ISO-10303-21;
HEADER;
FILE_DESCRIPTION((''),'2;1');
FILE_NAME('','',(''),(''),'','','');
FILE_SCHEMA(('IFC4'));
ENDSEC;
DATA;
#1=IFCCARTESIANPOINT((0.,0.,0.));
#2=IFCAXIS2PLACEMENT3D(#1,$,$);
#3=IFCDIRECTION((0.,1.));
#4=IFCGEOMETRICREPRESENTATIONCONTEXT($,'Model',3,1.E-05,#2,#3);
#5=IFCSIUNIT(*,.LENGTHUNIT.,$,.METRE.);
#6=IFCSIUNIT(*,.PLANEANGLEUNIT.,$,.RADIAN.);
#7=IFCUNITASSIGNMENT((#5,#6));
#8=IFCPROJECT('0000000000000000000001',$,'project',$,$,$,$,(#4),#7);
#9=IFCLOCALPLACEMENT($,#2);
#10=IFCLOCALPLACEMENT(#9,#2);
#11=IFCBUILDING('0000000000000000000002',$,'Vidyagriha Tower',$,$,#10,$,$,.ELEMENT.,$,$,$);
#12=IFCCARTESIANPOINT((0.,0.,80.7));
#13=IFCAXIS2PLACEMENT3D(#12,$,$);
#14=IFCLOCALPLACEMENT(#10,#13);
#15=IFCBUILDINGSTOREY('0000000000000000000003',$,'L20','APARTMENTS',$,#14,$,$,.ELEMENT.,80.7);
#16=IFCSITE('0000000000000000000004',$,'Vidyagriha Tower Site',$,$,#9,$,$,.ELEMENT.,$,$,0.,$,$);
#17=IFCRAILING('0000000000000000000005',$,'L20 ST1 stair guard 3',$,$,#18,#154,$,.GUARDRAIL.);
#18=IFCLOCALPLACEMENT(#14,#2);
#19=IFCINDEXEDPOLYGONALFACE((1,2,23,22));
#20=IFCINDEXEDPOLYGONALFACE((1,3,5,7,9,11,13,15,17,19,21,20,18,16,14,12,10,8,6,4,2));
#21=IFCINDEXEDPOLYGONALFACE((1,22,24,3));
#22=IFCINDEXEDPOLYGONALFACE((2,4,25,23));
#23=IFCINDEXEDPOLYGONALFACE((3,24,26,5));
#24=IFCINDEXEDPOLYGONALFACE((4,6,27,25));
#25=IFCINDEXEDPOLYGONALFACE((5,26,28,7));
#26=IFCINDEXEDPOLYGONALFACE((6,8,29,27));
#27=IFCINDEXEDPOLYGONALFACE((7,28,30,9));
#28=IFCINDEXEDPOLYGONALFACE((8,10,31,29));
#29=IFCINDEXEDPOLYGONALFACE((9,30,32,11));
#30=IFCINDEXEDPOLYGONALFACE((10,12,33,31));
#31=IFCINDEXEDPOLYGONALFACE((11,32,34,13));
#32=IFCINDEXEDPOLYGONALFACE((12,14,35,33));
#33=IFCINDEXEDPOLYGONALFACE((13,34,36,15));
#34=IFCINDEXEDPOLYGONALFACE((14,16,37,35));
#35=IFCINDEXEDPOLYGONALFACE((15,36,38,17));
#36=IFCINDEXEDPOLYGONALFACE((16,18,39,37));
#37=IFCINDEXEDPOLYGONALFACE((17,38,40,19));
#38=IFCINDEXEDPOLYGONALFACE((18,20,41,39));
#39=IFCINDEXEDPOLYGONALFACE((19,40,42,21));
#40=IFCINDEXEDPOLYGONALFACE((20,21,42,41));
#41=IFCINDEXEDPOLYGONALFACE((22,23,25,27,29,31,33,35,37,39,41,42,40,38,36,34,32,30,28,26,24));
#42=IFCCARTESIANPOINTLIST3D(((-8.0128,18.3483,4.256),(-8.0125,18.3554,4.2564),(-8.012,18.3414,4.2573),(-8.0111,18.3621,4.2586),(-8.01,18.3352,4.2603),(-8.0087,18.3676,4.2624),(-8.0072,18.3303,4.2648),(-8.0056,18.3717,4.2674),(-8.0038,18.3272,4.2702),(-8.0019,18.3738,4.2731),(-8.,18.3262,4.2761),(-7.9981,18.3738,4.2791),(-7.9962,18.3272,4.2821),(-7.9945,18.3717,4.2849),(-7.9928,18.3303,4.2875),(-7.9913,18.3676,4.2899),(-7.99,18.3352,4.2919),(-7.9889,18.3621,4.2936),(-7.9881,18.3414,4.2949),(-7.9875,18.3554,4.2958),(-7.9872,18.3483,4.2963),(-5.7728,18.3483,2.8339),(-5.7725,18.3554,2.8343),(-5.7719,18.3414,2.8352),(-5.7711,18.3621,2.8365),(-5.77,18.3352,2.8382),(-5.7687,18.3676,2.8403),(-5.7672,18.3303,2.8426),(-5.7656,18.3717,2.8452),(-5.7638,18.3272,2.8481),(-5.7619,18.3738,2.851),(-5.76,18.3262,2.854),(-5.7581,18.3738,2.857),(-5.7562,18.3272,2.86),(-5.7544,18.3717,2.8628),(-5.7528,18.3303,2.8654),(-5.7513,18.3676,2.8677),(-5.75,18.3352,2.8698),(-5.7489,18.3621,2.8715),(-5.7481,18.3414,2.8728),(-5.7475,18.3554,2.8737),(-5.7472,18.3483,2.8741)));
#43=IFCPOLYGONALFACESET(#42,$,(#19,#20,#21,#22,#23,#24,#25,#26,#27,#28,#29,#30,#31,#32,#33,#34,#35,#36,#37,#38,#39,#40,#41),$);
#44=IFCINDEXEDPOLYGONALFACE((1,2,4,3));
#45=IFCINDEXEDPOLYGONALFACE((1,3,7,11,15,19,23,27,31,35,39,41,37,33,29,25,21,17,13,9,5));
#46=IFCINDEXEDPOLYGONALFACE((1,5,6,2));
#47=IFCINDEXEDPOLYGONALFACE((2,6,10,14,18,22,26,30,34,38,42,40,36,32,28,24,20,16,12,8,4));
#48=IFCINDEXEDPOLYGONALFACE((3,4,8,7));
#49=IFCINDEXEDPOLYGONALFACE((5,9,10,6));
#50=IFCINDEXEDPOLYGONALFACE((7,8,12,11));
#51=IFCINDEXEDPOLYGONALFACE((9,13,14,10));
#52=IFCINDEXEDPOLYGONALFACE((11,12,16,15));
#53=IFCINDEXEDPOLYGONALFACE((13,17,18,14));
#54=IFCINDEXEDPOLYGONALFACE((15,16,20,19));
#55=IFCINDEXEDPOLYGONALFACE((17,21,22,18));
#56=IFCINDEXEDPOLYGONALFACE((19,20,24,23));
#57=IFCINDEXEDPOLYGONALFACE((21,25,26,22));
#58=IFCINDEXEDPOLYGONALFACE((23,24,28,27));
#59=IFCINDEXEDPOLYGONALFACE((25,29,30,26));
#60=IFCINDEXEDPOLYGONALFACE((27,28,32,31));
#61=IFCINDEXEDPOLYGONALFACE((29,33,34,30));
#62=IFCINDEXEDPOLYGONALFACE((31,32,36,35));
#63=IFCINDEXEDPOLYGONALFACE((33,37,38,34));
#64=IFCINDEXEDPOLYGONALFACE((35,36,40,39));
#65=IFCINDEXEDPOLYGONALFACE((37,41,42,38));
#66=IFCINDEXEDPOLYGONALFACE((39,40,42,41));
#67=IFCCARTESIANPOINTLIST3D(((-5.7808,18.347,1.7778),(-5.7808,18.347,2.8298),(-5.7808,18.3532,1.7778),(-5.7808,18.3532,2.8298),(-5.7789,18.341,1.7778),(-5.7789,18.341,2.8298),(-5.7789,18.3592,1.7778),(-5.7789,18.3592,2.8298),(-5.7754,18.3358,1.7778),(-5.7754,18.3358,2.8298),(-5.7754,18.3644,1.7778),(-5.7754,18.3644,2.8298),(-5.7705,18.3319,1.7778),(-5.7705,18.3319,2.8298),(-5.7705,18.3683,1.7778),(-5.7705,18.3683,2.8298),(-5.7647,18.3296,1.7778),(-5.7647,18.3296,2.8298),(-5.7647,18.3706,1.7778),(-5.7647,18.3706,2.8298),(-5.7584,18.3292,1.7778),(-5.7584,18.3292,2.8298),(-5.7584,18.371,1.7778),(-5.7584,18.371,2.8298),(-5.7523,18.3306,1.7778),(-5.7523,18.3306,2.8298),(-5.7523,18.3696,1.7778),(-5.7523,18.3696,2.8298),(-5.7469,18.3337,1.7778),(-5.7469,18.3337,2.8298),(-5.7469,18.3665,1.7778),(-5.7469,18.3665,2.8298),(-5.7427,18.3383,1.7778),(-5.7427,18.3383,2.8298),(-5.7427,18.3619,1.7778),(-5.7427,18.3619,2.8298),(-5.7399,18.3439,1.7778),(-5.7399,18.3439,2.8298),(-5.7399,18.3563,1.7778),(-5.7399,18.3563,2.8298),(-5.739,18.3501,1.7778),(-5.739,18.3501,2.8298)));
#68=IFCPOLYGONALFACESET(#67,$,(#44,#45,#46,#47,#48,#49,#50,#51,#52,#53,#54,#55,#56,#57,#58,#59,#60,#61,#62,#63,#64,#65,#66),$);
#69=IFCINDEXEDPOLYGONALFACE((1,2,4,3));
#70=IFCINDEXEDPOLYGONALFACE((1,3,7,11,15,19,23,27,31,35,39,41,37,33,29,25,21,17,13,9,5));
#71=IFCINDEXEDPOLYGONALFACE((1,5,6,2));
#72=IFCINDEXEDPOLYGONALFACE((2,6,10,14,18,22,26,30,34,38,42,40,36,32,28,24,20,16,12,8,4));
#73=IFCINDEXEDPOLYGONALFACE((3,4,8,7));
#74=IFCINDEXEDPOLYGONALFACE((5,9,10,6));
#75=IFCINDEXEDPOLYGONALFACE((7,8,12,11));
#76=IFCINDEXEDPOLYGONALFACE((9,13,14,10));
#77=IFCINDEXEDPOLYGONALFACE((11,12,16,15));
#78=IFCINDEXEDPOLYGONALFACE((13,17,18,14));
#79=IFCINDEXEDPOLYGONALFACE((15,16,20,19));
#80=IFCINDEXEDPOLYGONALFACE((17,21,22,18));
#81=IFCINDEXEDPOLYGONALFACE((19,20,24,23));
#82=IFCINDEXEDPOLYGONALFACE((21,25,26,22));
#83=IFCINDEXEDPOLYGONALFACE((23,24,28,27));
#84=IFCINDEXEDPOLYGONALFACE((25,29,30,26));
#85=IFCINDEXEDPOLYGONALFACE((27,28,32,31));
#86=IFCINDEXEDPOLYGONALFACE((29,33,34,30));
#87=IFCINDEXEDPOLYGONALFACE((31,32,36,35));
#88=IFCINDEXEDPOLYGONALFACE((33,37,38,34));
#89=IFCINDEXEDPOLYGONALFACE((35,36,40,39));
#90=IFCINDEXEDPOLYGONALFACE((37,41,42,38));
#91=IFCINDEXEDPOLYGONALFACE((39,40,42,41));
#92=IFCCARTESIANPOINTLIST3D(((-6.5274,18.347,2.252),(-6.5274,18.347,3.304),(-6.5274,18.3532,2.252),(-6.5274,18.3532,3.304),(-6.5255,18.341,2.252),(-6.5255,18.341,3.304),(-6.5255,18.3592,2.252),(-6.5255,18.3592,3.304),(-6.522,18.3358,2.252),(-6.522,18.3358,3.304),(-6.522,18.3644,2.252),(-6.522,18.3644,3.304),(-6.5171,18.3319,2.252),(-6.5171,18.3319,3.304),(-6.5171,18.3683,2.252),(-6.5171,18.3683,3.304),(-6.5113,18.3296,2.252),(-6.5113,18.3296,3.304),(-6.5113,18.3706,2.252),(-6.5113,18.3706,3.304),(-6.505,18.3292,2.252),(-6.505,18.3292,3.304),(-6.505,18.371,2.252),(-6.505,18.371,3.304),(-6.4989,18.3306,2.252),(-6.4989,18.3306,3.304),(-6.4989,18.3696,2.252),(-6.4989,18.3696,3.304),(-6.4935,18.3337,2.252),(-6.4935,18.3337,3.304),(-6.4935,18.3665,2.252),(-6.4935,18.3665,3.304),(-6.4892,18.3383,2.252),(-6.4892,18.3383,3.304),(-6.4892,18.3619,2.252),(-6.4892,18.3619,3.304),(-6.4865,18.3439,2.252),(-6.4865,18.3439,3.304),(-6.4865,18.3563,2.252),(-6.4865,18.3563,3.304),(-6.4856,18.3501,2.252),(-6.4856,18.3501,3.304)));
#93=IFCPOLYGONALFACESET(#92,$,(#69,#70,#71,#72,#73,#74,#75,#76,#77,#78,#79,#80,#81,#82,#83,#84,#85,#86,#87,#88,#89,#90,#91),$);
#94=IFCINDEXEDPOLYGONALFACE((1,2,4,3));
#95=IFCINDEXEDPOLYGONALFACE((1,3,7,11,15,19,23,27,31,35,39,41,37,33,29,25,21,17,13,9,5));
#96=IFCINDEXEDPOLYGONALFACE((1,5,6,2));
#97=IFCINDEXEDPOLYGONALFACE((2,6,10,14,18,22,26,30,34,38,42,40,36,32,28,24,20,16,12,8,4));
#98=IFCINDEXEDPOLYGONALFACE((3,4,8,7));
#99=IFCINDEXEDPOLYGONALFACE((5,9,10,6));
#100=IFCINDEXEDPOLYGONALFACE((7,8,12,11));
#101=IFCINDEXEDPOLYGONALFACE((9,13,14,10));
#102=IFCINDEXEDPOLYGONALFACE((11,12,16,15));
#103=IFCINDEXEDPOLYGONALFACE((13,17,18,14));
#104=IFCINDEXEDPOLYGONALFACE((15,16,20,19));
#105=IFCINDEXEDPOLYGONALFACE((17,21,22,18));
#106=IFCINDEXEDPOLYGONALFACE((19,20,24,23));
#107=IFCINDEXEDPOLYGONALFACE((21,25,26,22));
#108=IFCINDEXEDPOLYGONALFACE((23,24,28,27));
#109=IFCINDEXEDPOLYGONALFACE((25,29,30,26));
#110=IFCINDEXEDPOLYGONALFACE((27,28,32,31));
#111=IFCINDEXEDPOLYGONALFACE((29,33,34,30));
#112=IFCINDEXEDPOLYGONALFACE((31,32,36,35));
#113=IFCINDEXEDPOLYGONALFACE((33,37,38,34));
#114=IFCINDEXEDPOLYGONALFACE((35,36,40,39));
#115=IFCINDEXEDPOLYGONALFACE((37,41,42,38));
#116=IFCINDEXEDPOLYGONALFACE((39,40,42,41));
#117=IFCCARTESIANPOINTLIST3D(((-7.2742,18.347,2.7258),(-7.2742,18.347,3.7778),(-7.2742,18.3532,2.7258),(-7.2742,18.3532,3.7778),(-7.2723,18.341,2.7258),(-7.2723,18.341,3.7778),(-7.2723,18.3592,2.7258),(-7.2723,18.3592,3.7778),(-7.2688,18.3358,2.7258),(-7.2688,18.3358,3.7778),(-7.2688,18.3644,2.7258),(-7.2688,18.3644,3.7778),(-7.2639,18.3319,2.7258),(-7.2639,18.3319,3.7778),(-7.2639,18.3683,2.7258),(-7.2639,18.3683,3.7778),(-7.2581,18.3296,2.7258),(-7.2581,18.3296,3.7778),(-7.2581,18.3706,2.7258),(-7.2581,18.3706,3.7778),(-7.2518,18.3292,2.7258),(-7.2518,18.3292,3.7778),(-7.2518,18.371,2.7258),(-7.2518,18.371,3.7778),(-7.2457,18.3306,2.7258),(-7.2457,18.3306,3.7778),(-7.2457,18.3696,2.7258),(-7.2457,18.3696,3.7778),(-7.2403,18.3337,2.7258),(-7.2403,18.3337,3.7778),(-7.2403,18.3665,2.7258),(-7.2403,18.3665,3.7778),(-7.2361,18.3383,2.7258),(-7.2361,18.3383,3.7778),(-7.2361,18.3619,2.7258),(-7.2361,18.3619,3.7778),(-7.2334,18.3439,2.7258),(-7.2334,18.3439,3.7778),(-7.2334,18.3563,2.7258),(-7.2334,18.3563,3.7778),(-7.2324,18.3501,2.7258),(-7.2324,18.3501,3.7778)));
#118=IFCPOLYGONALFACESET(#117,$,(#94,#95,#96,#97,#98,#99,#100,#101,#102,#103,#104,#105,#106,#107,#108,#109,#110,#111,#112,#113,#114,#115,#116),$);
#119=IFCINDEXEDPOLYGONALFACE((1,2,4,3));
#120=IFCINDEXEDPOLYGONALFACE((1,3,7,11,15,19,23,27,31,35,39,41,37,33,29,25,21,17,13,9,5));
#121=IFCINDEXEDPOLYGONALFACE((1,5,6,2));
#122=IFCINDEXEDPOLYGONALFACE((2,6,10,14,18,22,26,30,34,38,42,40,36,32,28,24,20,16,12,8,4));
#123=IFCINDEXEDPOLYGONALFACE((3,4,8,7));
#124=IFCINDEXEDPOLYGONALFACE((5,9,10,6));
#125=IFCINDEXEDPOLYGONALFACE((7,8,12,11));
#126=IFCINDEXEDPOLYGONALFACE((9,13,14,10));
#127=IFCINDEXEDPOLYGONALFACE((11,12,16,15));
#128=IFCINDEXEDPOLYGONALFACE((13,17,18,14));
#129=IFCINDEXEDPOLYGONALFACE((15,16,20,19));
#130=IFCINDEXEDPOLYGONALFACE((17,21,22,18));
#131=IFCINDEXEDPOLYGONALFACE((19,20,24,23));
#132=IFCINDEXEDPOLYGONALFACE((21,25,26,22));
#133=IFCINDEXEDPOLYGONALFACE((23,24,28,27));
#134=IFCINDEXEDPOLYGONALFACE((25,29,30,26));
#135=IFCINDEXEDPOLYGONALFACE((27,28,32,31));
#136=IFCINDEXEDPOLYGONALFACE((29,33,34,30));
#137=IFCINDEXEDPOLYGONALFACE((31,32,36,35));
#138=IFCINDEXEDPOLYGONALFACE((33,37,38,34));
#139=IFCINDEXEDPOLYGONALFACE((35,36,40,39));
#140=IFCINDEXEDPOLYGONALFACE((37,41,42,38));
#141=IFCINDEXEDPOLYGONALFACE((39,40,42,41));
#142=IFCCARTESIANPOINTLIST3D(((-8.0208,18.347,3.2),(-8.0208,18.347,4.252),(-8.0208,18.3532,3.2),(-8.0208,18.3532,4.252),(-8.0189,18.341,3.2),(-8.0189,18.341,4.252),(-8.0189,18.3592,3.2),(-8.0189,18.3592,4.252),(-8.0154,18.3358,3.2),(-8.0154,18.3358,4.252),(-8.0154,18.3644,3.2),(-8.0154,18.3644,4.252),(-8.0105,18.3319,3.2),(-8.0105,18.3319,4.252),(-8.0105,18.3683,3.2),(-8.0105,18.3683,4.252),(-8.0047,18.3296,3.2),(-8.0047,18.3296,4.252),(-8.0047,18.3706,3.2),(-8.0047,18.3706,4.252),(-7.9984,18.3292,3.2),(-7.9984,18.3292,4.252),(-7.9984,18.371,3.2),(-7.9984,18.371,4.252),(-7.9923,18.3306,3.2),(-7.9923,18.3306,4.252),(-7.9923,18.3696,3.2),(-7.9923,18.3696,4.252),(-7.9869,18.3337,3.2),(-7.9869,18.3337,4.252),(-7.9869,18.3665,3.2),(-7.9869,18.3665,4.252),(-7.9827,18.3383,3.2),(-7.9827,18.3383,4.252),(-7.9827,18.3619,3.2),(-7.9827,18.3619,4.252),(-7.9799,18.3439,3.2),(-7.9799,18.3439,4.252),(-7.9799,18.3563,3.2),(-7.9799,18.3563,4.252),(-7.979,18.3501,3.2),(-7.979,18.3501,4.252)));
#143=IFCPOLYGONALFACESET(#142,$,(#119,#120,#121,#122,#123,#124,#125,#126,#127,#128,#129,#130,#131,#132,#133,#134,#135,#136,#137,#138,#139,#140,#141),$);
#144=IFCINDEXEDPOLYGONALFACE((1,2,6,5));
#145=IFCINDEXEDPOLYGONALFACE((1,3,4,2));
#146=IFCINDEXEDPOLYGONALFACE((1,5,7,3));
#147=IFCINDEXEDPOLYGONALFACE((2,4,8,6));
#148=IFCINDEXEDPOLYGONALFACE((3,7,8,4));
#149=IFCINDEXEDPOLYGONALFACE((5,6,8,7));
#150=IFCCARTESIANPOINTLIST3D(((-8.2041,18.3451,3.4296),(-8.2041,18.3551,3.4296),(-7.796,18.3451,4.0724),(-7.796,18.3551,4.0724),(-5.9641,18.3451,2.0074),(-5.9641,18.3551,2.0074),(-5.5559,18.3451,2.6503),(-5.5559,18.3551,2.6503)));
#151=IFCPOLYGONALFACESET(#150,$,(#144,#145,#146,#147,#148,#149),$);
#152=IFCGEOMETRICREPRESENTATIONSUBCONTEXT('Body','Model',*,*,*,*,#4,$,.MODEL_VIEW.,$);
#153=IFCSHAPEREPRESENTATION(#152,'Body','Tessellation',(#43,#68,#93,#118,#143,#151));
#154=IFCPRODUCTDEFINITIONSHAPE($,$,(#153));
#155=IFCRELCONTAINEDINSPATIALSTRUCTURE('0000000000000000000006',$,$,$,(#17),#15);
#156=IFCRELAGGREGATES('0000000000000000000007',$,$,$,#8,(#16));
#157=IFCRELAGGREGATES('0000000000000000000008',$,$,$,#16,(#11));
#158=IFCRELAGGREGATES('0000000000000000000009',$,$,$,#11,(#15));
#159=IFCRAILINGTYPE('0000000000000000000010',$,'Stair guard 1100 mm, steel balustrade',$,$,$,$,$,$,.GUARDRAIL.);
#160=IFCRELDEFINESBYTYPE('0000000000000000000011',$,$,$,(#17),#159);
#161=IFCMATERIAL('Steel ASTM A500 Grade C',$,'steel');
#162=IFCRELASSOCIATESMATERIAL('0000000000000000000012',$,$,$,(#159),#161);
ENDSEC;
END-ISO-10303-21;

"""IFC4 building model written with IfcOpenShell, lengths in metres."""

from ifc_helpers import new_model, si_unit, direction, frame, origin, origin_2d, place, context, subcontext, project, spatial, rectangle, circle, extrude, material, type_object, element, save


model = new_model("IFC4")

# Units and contexts
model_context = context("Model", 3, precision=1e-05, world=origin(), true_north=direction((0.0, 1.0)))
body_context = subcontext(model_context, "Body", "Model", "MODEL_VIEW")
ifc_project = project(units=[si_unit("LENGTHUNIT", "METRE"), si_unit("PLANEANGLEUNIT", "RADIAN")], contexts=[model_context])

# Site, building, storey
site_placement = place(None, origin())
site = spatial("IfcSite", under=ifc_project, at=site_placement, Name="Vidyagriha Tower Site", CompositionType="ELEMENT", RefElevation=0.0)
building_placement = place(site_placement, origin())
building = spatial("IfcBuilding", under=site, at=building_placement, Name="Vidyagriha Tower", CompositionType="ELEMENT")
storey_placement = place(building_placement, frame((0.0, 0.0, 80.7)))
storey = spatial("IfcBuildingStorey", under=building, at=storey_placement, Name="L20", Description="APARTMENTS", CompositionType="ELEMENT", Elevation=80.7)

# Railing
ifc_material_1 = material(Name="Steel ASTM A500 Grade C", Category="steel")
railing_type_1 = type_object("IfcRailingType", Name="Stair guard 1100 mm, steel balustrade", PredefinedType="GUARDRAIL", material=ifc_material_1)
railing_1_placement = place(storey_placement, frame((-5.76, 18.3501, 1.7778)))
element("IfcRailing", 1, at=railing_1_placement, inside=storey, type_object=railing_type_1, Name="L20 ST1 stair guard 3", PredefinedType="GUARDRAIL", context=body_context, shape_type="SweptSolid", body=[
    extrude(circle(Radius=0.0239, at=origin_2d()), frame((0.0, 0.0, 1.0762), z_axis=(-0.844229, 0.0, 0.535982), x_axis=(0.0, -1.0, 0.0)), (0.0, 0.0, 1.0), 2.6533),
    extrude(circle(Radius=0.021, at=origin_2d()), origin(), (0.0, 0.0, 1.0), 1.052),
    extrude(circle(Radius=0.021, at=origin_2d()), frame((-0.7466, 0.0, 0.4741)), (0.0, 0.0, 1.0), 1.052),
    extrude(circle(Radius=0.021, at=origin_2d()), frame((-1.4934, 0.0, 0.948)), (0.0, 0.0, 1.0), 1.052),
    extrude(circle(Radius=0.021, at=origin_2d()), frame((-2.24, 0.0, 1.4221)), (0.0, 0.0, 1.0), 1.052),
    extrude(rectangle(XDim=0.01, YDim=0.7615, at=origin_2d()), frame((0.0, 0.0, 0.551), z_axis=(-0.844229, 0.0, 0.535982), x_axis=(0.0, -1.0, 0.0)), (0.0, 0.0, 1.0), 2.6533),
])

save(model, "model.ifc")
